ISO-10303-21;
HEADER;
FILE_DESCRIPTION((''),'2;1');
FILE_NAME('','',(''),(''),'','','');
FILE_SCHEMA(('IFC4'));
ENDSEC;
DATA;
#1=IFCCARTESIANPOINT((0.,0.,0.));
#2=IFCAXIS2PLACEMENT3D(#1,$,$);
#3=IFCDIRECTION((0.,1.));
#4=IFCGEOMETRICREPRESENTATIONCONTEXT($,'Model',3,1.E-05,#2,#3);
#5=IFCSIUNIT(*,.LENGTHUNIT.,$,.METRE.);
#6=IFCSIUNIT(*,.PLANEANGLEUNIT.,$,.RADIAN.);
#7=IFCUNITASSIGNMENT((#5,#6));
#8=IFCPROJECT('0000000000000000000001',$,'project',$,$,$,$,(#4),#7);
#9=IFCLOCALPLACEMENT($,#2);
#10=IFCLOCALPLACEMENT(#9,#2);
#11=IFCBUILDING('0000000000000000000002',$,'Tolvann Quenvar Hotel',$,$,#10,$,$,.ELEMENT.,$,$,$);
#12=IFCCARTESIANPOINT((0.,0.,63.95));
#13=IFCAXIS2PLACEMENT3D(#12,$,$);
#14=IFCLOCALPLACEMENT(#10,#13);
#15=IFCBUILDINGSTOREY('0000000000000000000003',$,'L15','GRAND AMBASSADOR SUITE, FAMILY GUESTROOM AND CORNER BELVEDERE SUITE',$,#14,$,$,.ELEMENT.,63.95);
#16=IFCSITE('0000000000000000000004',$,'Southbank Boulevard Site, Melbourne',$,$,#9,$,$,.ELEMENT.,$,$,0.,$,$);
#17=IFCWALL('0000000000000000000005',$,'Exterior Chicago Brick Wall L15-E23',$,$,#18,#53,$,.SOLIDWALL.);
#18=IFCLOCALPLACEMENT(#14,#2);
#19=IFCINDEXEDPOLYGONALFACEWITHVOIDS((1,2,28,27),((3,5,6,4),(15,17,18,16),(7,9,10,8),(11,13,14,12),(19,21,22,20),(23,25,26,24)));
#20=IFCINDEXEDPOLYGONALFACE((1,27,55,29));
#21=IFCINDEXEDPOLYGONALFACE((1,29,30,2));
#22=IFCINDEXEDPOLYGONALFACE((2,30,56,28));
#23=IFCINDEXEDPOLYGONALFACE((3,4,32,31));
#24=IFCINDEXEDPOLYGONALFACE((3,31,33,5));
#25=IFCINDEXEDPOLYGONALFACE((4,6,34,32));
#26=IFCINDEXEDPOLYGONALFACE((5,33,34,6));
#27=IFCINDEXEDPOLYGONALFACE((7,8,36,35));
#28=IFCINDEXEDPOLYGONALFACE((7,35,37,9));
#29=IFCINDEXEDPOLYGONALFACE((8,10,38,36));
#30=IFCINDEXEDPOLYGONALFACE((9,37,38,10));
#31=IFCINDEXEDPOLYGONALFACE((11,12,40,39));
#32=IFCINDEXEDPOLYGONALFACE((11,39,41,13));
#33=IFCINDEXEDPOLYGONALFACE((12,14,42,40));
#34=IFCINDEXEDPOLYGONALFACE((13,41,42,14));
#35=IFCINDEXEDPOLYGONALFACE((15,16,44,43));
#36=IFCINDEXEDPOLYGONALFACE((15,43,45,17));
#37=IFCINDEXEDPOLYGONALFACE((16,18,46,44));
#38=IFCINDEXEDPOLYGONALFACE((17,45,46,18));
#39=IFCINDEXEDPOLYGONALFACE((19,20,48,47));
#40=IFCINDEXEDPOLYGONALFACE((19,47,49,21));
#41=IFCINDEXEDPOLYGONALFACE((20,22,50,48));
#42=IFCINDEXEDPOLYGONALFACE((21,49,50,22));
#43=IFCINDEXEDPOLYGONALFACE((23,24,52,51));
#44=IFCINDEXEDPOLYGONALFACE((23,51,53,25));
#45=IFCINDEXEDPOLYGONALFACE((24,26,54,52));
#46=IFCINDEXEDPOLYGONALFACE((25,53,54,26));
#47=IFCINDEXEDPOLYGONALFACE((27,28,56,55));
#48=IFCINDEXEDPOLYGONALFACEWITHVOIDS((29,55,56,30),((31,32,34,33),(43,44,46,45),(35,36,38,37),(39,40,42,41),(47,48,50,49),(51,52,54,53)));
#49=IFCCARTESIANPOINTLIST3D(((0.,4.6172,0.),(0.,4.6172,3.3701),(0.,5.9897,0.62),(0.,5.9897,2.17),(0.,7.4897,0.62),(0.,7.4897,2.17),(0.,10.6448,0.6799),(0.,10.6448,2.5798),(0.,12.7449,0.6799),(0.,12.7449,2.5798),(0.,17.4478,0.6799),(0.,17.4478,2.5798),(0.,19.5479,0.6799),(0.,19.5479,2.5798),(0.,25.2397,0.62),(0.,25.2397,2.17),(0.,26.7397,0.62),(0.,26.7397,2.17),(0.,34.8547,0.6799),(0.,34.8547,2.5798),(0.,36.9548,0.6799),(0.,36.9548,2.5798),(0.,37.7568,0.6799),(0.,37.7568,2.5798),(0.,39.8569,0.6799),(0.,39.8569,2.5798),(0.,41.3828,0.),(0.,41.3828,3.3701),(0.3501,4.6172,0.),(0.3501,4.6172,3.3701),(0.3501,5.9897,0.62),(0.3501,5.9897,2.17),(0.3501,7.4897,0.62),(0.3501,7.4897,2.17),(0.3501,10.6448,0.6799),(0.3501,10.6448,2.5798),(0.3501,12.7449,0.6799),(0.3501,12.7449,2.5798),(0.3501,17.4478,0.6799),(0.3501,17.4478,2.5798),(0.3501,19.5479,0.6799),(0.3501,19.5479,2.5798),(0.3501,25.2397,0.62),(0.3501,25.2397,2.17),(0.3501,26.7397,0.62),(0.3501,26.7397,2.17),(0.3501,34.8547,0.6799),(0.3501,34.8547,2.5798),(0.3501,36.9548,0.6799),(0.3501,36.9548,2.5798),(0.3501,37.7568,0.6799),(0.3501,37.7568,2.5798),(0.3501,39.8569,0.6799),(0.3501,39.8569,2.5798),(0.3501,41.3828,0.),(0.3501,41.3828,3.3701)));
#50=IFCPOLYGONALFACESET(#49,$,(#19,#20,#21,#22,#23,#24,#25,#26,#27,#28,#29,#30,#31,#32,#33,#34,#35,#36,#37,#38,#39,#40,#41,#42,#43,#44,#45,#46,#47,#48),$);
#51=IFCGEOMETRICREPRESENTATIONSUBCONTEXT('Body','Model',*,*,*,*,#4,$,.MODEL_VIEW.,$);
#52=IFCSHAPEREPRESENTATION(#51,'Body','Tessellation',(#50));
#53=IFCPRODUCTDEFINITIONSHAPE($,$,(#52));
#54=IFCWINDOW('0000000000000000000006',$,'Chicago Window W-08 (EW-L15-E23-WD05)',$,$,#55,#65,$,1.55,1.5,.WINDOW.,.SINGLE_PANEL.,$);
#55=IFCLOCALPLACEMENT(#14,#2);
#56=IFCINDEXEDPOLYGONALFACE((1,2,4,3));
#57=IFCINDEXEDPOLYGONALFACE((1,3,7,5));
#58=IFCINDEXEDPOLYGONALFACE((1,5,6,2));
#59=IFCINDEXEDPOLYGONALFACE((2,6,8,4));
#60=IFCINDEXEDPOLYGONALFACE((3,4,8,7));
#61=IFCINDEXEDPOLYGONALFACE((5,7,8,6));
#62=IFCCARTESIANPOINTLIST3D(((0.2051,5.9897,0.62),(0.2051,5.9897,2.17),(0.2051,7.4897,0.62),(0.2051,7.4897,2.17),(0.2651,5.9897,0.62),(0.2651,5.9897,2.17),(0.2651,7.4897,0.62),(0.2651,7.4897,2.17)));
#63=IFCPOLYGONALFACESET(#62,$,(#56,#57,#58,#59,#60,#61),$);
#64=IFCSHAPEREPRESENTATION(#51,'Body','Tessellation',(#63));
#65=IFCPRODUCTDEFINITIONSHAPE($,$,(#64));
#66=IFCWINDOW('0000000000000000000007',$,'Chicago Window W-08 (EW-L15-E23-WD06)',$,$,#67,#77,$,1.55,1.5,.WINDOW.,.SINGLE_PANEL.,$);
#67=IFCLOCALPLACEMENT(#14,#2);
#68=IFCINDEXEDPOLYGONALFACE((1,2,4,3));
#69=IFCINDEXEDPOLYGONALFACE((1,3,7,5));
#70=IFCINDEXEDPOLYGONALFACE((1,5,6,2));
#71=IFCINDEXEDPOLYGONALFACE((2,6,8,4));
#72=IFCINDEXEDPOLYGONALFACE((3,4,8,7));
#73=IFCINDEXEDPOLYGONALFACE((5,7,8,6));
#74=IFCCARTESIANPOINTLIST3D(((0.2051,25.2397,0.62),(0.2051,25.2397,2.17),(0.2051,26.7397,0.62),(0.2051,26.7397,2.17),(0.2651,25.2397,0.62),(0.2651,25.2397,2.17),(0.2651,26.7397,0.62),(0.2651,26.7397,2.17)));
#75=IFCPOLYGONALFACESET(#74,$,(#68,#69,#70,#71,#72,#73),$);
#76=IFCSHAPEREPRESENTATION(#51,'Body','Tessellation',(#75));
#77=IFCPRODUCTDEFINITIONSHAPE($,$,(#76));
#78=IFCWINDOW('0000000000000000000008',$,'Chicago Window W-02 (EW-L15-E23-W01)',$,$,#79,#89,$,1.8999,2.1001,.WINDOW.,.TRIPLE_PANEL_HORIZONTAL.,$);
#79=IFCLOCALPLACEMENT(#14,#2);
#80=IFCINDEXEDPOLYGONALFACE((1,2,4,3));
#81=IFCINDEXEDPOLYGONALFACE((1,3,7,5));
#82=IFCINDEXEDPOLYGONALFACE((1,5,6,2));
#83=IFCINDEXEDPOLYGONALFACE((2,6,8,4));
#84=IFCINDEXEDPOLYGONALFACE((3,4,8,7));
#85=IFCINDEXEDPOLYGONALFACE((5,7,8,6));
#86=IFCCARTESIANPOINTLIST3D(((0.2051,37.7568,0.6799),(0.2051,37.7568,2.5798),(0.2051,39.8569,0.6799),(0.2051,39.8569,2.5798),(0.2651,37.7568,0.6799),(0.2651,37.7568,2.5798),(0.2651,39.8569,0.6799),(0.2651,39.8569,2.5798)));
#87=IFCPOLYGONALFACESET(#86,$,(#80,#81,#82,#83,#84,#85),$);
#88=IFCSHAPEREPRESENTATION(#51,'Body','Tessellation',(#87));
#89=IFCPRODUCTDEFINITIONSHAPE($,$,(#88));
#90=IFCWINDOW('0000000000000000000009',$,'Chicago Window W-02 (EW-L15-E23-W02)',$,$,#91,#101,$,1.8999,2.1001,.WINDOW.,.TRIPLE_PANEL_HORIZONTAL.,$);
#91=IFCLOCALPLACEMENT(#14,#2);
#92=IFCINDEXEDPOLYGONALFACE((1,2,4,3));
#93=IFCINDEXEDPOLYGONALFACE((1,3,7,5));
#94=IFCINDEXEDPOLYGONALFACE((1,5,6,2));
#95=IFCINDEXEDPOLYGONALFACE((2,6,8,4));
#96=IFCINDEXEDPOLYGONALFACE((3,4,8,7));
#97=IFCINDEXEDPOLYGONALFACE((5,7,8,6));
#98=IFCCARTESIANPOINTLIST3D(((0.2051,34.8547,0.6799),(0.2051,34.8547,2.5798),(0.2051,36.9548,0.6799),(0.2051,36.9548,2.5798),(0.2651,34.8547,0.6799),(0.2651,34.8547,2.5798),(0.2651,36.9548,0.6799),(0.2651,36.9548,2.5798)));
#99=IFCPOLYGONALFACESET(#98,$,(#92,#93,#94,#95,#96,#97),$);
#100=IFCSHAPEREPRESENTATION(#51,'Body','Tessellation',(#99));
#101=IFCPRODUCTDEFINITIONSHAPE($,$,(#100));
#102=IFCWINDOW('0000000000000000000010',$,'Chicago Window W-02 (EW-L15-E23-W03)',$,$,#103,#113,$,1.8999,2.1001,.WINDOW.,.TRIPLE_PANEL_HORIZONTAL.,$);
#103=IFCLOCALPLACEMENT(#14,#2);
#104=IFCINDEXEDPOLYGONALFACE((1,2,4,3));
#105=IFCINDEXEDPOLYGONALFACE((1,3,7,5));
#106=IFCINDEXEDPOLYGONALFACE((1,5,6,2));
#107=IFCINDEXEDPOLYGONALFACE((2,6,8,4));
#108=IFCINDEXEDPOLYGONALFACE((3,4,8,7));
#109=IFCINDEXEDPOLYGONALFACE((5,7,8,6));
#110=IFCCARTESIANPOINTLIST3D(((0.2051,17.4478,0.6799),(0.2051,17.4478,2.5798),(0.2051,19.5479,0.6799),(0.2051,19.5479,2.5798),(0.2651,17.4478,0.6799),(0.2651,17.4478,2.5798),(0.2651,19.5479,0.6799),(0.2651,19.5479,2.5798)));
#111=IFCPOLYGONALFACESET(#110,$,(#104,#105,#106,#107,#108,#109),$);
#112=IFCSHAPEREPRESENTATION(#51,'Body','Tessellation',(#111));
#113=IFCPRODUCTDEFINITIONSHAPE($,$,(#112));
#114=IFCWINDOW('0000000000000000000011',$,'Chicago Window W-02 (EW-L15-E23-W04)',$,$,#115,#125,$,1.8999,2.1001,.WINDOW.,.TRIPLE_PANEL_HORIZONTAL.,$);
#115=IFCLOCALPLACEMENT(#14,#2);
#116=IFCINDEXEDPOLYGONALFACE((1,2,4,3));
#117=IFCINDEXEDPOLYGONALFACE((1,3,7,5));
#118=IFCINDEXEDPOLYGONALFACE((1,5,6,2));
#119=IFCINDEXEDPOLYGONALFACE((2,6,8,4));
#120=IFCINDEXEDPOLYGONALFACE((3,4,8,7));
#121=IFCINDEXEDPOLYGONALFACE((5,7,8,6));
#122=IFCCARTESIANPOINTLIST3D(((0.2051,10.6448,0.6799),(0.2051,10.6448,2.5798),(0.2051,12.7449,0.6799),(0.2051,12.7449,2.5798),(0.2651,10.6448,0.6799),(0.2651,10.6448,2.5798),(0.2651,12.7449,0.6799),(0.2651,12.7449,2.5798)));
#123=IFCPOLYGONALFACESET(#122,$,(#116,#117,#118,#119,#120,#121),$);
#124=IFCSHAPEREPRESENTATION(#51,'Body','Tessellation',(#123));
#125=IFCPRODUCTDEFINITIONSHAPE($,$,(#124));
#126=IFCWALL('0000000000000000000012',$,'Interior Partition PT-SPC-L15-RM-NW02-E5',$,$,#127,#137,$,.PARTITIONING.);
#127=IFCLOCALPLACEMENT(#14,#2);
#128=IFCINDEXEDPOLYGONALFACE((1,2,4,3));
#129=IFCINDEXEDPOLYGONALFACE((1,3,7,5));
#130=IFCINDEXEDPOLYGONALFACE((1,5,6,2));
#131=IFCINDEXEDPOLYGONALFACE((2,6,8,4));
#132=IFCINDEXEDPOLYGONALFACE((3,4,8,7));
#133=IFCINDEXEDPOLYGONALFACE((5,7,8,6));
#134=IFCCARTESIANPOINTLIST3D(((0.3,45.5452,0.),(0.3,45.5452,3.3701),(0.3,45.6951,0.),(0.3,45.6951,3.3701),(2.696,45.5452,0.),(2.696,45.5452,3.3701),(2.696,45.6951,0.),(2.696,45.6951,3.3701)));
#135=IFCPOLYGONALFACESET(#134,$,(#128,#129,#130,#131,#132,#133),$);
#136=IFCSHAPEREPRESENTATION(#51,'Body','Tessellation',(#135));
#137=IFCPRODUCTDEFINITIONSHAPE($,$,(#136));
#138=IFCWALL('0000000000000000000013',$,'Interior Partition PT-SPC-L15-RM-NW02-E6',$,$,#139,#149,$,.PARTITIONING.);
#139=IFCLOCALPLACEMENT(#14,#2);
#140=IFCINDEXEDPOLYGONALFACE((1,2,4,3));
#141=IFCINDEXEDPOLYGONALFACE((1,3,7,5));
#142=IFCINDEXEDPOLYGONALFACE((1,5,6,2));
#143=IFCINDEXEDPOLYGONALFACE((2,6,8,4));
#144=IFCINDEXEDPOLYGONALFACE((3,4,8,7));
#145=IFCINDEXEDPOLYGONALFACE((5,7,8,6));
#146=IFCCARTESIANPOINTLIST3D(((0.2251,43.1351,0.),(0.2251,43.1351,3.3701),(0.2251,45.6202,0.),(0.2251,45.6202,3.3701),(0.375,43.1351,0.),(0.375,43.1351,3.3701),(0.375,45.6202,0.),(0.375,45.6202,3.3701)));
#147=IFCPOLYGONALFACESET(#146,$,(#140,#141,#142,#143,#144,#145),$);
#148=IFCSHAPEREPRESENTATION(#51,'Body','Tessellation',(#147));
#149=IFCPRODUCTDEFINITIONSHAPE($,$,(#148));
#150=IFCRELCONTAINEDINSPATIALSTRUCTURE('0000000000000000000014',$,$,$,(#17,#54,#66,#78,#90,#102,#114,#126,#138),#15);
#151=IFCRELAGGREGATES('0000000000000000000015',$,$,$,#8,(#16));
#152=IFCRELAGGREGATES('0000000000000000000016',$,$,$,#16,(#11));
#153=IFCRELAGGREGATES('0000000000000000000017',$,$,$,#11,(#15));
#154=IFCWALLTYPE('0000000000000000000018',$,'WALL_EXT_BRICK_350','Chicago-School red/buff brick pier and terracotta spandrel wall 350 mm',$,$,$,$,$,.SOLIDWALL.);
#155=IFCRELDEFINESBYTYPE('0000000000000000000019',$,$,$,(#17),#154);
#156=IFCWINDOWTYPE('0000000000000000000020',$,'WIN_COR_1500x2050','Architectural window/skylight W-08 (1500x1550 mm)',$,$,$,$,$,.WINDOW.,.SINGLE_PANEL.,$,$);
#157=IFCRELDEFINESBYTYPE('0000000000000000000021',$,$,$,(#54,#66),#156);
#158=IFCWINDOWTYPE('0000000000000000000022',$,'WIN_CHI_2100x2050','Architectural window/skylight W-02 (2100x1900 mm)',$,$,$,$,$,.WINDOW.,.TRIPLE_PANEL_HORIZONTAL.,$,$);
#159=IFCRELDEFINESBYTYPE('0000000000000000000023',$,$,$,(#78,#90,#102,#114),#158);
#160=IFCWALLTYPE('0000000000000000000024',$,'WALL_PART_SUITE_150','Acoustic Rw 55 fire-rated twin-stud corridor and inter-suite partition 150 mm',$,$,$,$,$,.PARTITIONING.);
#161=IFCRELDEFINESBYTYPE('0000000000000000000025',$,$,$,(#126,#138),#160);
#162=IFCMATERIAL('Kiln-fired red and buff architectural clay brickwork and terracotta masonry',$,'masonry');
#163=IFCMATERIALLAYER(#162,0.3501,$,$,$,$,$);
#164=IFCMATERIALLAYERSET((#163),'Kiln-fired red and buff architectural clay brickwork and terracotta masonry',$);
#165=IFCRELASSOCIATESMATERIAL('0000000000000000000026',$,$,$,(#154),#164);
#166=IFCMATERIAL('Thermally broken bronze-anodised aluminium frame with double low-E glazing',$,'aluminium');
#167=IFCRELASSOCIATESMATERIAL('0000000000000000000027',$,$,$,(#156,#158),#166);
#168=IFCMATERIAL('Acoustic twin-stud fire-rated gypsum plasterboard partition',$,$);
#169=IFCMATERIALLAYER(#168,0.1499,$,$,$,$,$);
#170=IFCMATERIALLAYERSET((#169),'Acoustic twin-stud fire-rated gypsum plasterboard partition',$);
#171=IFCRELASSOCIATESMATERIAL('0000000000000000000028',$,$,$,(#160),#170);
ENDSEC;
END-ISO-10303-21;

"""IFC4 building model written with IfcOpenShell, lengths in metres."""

from ifc_helpers import new_model, si_unit, direction, frame, frame_2d, origin, place, context, subcontext, project, spatial, rectangle, extrude, source, transform, mapped, material, layer, layer_set, type_object, type_shapes, element, fill, save


model = new_model("IFC4")

# Units and contexts
model_context = context("Model", 3, precision=1e-05, world=origin(), true_north=direction((0.0, 1.0)))
body_context = subcontext(model_context, "Body", "Model", "MODEL_VIEW")
ifc_project = project(units=[si_unit("LENGTHUNIT", "METRE"), si_unit("PLANEANGLEUNIT", "RADIAN")], contexts=[model_context])

# Site, building, storey
site_placement = place(None, origin())
site = spatial("IfcSite", under=ifc_project, at=site_placement, Name="Southbank Boulevard Site, Melbourne", CompositionType="ELEMENT", RefElevation=0.0)
building_placement = place(site_placement, origin())
building = spatial("IfcBuilding", under=site, at=building_placement, Name="Tolvann Quenvar Hotel", CompositionType="ELEMENT")
storey_placement = place(building_placement, frame((0.0, 0.0, 63.95)))
storey = spatial("IfcBuildingStorey", under=building, at=storey_placement, Name="L15", Description="GRAND AMBASSADOR SUITE, FAMILY GUESTROOM AND CORNER BELVEDERE SUITE", CompositionType="ELEMENT", Elevation=63.95)

# Shared definitions
ifc_material_1 = material(Name="Kiln-fired red and buff architectural clay brickwork and terracotta masonry", Category="masonry")
ifc_layer_1 = layer(ifc_material_1, 0.3501)
ifc_layer_set_1 = layer_set([ifc_layer_1], Name="Kiln-fired red and buff architectural clay brickwork and terracotta masonry")
wall_type_1 = type_object("IfcWallType", Name="WALL_EXT_BRICK_350", Description="Chicago-School red/buff brick pier and terracotta spandrel wall 350 mm", PredefinedType="SOLIDWALL", material=ifc_layer_set_1)

# Wall, openings, windows
wall_1_placement = place(storey_placement, frame((0.175, 41.3828, 0.0), z_axis=(0.0, 0.0, 1.0), x_axis=(0.0, -1.0, 0.0)))
wall_1 = element("IfcWall", 1, at=wall_1_placement, inside=storey, type_object=wall_type_1, Name="Exterior Chicago Brick Wall L15-E23", PredefinedType="SOLIDWALL", context=body_context, shape_type="SweptSolid", body=[
    extrude(rectangle(XDim=36.7656, YDim=0.3501, at=frame_2d((18.3828, 0.0))), origin(), (0.0, 0.0, 1.0), 3.3701),
])
opening_1_placement = place(wall_1_placement, frame((1.5259, 0.0, 0.6799)))
opening_1 = element("IfcOpeningElement", 2, at=opening_1_placement, cuts=wall_1, PredefinedType="OPENING", context=body_context, shape_type="SweptSolid", body=[
    extrude(rectangle(XDim=2.1001, YDim=1.8999, at=frame_2d((1.05, 0.95))), frame((0.0, 0.1851, 0.0), z_axis=(0.0, -1.0, 0.0), x_axis=(1.0, 0.0, 0.0)), (0.0, 0.0, 1.0), 0.3701),
])
opening_2_placement = place(wall_1_placement, frame((4.428, 0.0, 0.6799)))
opening_2 = element("IfcOpeningElement", 3, at=opening_2_placement, cuts=wall_1, PredefinedType="OPENING", context=body_context, shape_type="SweptSolid", body=[
    extrude(rectangle(XDim=2.1001, YDim=1.8999, at=frame_2d((1.05, 0.95))), frame((0.0, 0.1851, 0.0), z_axis=(0.0, -1.0, 0.0), x_axis=(1.0, 0.0, 0.0)), (0.0, 0.0, 1.0), 0.3701),
])
opening_3_placement = place(wall_1_placement, frame((21.835, 0.0, 0.6799)))
opening_3 = element("IfcOpeningElement", 4, at=opening_3_placement, cuts=wall_1, PredefinedType="OPENING", context=body_context, shape_type="SweptSolid", body=[
    extrude(rectangle(XDim=2.1001, YDim=1.8999, at=frame_2d((1.05, 0.95))), frame((0.0, 0.1851, 0.0), z_axis=(0.0, -1.0, 0.0), x_axis=(1.0, 0.0, 0.0)), (0.0, 0.0, 1.0), 0.3701),
])
opening_4_placement = place(wall_1_placement, frame((28.6379, 0.0, 0.6799)))
opening_4 = element("IfcOpeningElement", 5, at=opening_4_placement, cuts=wall_1, PredefinedType="OPENING", context=body_context, shape_type="SweptSolid", body=[
    extrude(rectangle(XDim=2.1001, YDim=1.8999, at=frame_2d((1.05, 0.95))), frame((0.0, 0.1851, 0.0), z_axis=(0.0, -1.0, 0.0), x_axis=(1.0, 0.0, 0.0)), (0.0, 0.0, 1.0), 0.3701),
])
opening_5_placement = place(wall_1_placement, frame((33.8931, 0.0, 0.6201)))
opening_5 = element("IfcOpeningElement", 6, at=opening_5_placement, cuts=wall_1, PredefinedType="OPENING", context=body_context, shape_type="SweptSolid", body=[
    extrude(rectangle(XDim=1.5, YDim=1.55, at=frame_2d((0.75, 0.7749))), frame((0.0, 0.1851, 0.0), z_axis=(0.0, -1.0, 0.0), x_axis=(1.0, 0.0, 0.0)), (0.0, 0.0, 1.0), 0.3701),
])
opening_6_placement = place(wall_1_placement, frame((14.6431, 0.0, 0.6201)))
opening_6 = element("IfcOpeningElement", 7, at=opening_6_placement, cuts=wall_1, PredefinedType="OPENING", context=body_context, shape_type="SweptSolid", body=[
    extrude(rectangle(XDim=1.5, YDim=1.55, at=frame_2d((0.75, 0.7749))), frame((0.0, 0.1851, 0.0), z_axis=(0.0, -1.0, 0.0), x_axis=(1.0, 0.0, 0.0)), (0.0, 0.0, 1.0), 0.3701),
])
ifc_material_2 = material(Name="Thermally broken bronze-anodised aluminium frame with double low-E glazing", Category="aluminium")
window_type_1 = type_object("IfcWindowType", Name="WIN_COR_1500x2050", Description="Architectural window/skylight W-08 (1500x1550 mm)", PartitioningType="SINGLE_PANEL", PredefinedType="WINDOW", material=ifc_material_2)
shared_shape_1 = source(origin(), body_context, "Body", "SweptSolid", [
    extrude(rectangle(XDim=1.5, YDim=1.55, at=frame_2d((0.75, 0.7749))), frame((0.0, 0.0901, 0.0), z_axis=(0.0, -1.0, 0.0), x_axis=(1.0, 0.0, 0.0)), (0.0, 0.0, 1.0), 0.0601),
])
type_shapes(window_type_1, [shared_shape_1])
window_1_placement = place(opening_5_placement, origin())
window_1 = element("IfcWindow", 8, at=window_1_placement, inside=storey, type_object=window_type_1, Name="Chicago Window W-08 (EW-L15-E23-WD05)", OverallHeight=1.55, OverallWidth=1.5, PartitioningType="SINGLE_PANEL", PredefinedType="WINDOW", context=body_context, shape_type="MappedRepresentation", body=[
    mapped(shared_shape_1, transform((0.0, 0.0, 0.0), x_axis=(1.0, 0.0, 0.0), y_axis=(0.0, 1.0, 0.0), z_axis=(0.0, 0.0, 1.0), scale=1.0)),
])
fill(opening_5, window_1)
window_2_placement = place(opening_6_placement, origin())
window_2 = element("IfcWindow", 9, at=window_2_placement, inside=storey, type_object=window_type_1, Name="Chicago Window W-08 (EW-L15-E23-WD06)", OverallHeight=1.55, OverallWidth=1.5, PartitioningType="SINGLE_PANEL", PredefinedType="WINDOW", context=body_context, shape_type="MappedRepresentation", body=[
    mapped(shared_shape_1, transform((0.0, 0.0, 0.0), x_axis=(1.0, 0.0, 0.0), y_axis=(0.0, 1.0, 0.0), z_axis=(0.0, 0.0, 1.0), scale=1.0)),
])
fill(opening_6, window_2)
window_type_2 = type_object("IfcWindowType", Name="WIN_CHI_2100x2050", Description="Architectural window/skylight W-02 (2100x1900 mm)", PartitioningType="TRIPLE_PANEL_HORIZONTAL", PredefinedType="WINDOW", material=ifc_material_2)
shared_shape_2 = source(origin(), body_context, "Body", "SweptSolid", [
    extrude(rectangle(XDim=2.1001, YDim=1.8999, at=frame_2d((1.05, 0.95))), frame((0.0, 0.0901, 0.0), z_axis=(0.0, -1.0, 0.0), x_axis=(1.0, 0.0, 0.0)), (0.0, 0.0, 1.0), 0.0601),
])
type_shapes(window_type_2, [shared_shape_2])
window_3_placement = place(opening_1_placement, origin())
window_3 = element("IfcWindow", 10, at=window_3_placement, inside=storey, type_object=window_type_2, Name="Chicago Window W-02 (EW-L15-E23-W01)", OverallHeight=1.8999, OverallWidth=2.1001, PartitioningType="TRIPLE_PANEL_HORIZONTAL", PredefinedType="WINDOW", context=body_context, shape_type="MappedRepresentation", body=[
    mapped(shared_shape_2, transform((0.0, 0.0, 0.0), x_axis=(1.0, 0.0, 0.0), y_axis=(0.0, 1.0, 0.0), z_axis=(0.0, 0.0, 1.0), scale=1.0)),
])
fill(opening_1, window_3)
window_4_placement = place(opening_2_placement, origin())
window_4 = element("IfcWindow", 11, at=window_4_placement, inside=storey, type_object=window_type_2, Name="Chicago Window W-02 (EW-L15-E23-W02)", OverallHeight=1.8999, OverallWidth=2.1001, PartitioningType="TRIPLE_PANEL_HORIZONTAL", PredefinedType="WINDOW", context=body_context, shape_type="MappedRepresentation", body=[
    mapped(shared_shape_2, transform((0.0, 0.0, 0.0), x_axis=(1.0, 0.0, 0.0), y_axis=(0.0, 1.0, 0.0), z_axis=(0.0, 0.0, 1.0), scale=1.0)),
])
fill(opening_2, window_4)
window_5_placement = place(opening_3_placement, origin())
window_5 = element("IfcWindow", 12, at=window_5_placement, inside=storey, type_object=window_type_2, Name="Chicago Window W-02 (EW-L15-E23-W03)", OverallHeight=1.8999, OverallWidth=2.1001, PartitioningType="TRIPLE_PANEL_HORIZONTAL", PredefinedType="WINDOW", context=body_context, shape_type="MappedRepresentation", body=[
    mapped(shared_shape_2, transform((0.0, 0.0, 0.0), x_axis=(1.0, 0.0, 0.0), y_axis=(0.0, 1.0, 0.0), z_axis=(0.0, 0.0, 1.0), scale=1.0)),
])
fill(opening_3, window_5)
window_6_placement = place(opening_4_placement, origin())
window_6 = element("IfcWindow", 13, at=window_6_placement, inside=storey, type_object=window_type_2, Name="Chicago Window W-02 (EW-L15-E23-W04)", OverallHeight=1.8999, OverallWidth=2.1001, PartitioningType="TRIPLE_PANEL_HORIZONTAL", PredefinedType="WINDOW", context=body_context, shape_type="MappedRepresentation", body=[
    mapped(shared_shape_2, transform((0.0, 0.0, 0.0), x_axis=(1.0, 0.0, 0.0), y_axis=(0.0, 1.0, 0.0), z_axis=(0.0, 0.0, 1.0), scale=1.0)),
])
fill(opening_4, window_6)

# Walls
ifc_material_3 = material(Name="Acoustic twin-stud fire-rated gypsum plasterboard partition")
ifc_layer_2 = layer(ifc_material_3, 0.1499)
ifc_layer_set_2 = layer_set([ifc_layer_2], Name="Acoustic twin-stud fire-rated gypsum plasterboard partition")
wall_type_2 = type_object("IfcWallType", Name="WALL_PART_SUITE_150", Description="Acoustic Rw 55 fire-rated twin-stud corridor and inter-suite partition 150 mm", PredefinedType="PARTITIONING", material=ifc_layer_set_2)
wall_2_placement = place(storey_placement, frame((0.3, 45.6201, 0.0), z_axis=(0.0, 0.0, 1.0), x_axis=(1.0, 0.0, 0.0)))
element("IfcWall", 14, at=wall_2_placement, inside=storey, type_object=wall_type_2, Name="Interior Partition PT-SPC-L15-RM-NW02-E5", PredefinedType="PARTITIONING", context=body_context, shape_type="SweptSolid", body=[
    extrude(rectangle(XDim=2.396, YDim=0.1499, at=frame_2d((1.198, 0.0))), origin(), (0.0, 0.0, 1.0), 3.3701),
])
wall_3_placement = place(storey_placement, frame((0.3, 43.135, 0.0), z_axis=(0.0, 0.0, 1.0), x_axis=(0.0, 1.0, 0.0)))
element("IfcWall", 15, at=wall_3_placement, inside=storey, type_object=wall_type_2, Name="Interior Partition PT-SPC-L15-RM-NW02-E6", PredefinedType="PARTITIONING", context=body_context, shape_type="SweptSolid", body=[
    extrude(rectangle(XDim=2.4851, YDim=0.1499, at=frame_2d((1.2427, 0.0))), origin(), (0.0, 0.0, 1.0), 3.3701),
])

save(model, "model.ifc")
